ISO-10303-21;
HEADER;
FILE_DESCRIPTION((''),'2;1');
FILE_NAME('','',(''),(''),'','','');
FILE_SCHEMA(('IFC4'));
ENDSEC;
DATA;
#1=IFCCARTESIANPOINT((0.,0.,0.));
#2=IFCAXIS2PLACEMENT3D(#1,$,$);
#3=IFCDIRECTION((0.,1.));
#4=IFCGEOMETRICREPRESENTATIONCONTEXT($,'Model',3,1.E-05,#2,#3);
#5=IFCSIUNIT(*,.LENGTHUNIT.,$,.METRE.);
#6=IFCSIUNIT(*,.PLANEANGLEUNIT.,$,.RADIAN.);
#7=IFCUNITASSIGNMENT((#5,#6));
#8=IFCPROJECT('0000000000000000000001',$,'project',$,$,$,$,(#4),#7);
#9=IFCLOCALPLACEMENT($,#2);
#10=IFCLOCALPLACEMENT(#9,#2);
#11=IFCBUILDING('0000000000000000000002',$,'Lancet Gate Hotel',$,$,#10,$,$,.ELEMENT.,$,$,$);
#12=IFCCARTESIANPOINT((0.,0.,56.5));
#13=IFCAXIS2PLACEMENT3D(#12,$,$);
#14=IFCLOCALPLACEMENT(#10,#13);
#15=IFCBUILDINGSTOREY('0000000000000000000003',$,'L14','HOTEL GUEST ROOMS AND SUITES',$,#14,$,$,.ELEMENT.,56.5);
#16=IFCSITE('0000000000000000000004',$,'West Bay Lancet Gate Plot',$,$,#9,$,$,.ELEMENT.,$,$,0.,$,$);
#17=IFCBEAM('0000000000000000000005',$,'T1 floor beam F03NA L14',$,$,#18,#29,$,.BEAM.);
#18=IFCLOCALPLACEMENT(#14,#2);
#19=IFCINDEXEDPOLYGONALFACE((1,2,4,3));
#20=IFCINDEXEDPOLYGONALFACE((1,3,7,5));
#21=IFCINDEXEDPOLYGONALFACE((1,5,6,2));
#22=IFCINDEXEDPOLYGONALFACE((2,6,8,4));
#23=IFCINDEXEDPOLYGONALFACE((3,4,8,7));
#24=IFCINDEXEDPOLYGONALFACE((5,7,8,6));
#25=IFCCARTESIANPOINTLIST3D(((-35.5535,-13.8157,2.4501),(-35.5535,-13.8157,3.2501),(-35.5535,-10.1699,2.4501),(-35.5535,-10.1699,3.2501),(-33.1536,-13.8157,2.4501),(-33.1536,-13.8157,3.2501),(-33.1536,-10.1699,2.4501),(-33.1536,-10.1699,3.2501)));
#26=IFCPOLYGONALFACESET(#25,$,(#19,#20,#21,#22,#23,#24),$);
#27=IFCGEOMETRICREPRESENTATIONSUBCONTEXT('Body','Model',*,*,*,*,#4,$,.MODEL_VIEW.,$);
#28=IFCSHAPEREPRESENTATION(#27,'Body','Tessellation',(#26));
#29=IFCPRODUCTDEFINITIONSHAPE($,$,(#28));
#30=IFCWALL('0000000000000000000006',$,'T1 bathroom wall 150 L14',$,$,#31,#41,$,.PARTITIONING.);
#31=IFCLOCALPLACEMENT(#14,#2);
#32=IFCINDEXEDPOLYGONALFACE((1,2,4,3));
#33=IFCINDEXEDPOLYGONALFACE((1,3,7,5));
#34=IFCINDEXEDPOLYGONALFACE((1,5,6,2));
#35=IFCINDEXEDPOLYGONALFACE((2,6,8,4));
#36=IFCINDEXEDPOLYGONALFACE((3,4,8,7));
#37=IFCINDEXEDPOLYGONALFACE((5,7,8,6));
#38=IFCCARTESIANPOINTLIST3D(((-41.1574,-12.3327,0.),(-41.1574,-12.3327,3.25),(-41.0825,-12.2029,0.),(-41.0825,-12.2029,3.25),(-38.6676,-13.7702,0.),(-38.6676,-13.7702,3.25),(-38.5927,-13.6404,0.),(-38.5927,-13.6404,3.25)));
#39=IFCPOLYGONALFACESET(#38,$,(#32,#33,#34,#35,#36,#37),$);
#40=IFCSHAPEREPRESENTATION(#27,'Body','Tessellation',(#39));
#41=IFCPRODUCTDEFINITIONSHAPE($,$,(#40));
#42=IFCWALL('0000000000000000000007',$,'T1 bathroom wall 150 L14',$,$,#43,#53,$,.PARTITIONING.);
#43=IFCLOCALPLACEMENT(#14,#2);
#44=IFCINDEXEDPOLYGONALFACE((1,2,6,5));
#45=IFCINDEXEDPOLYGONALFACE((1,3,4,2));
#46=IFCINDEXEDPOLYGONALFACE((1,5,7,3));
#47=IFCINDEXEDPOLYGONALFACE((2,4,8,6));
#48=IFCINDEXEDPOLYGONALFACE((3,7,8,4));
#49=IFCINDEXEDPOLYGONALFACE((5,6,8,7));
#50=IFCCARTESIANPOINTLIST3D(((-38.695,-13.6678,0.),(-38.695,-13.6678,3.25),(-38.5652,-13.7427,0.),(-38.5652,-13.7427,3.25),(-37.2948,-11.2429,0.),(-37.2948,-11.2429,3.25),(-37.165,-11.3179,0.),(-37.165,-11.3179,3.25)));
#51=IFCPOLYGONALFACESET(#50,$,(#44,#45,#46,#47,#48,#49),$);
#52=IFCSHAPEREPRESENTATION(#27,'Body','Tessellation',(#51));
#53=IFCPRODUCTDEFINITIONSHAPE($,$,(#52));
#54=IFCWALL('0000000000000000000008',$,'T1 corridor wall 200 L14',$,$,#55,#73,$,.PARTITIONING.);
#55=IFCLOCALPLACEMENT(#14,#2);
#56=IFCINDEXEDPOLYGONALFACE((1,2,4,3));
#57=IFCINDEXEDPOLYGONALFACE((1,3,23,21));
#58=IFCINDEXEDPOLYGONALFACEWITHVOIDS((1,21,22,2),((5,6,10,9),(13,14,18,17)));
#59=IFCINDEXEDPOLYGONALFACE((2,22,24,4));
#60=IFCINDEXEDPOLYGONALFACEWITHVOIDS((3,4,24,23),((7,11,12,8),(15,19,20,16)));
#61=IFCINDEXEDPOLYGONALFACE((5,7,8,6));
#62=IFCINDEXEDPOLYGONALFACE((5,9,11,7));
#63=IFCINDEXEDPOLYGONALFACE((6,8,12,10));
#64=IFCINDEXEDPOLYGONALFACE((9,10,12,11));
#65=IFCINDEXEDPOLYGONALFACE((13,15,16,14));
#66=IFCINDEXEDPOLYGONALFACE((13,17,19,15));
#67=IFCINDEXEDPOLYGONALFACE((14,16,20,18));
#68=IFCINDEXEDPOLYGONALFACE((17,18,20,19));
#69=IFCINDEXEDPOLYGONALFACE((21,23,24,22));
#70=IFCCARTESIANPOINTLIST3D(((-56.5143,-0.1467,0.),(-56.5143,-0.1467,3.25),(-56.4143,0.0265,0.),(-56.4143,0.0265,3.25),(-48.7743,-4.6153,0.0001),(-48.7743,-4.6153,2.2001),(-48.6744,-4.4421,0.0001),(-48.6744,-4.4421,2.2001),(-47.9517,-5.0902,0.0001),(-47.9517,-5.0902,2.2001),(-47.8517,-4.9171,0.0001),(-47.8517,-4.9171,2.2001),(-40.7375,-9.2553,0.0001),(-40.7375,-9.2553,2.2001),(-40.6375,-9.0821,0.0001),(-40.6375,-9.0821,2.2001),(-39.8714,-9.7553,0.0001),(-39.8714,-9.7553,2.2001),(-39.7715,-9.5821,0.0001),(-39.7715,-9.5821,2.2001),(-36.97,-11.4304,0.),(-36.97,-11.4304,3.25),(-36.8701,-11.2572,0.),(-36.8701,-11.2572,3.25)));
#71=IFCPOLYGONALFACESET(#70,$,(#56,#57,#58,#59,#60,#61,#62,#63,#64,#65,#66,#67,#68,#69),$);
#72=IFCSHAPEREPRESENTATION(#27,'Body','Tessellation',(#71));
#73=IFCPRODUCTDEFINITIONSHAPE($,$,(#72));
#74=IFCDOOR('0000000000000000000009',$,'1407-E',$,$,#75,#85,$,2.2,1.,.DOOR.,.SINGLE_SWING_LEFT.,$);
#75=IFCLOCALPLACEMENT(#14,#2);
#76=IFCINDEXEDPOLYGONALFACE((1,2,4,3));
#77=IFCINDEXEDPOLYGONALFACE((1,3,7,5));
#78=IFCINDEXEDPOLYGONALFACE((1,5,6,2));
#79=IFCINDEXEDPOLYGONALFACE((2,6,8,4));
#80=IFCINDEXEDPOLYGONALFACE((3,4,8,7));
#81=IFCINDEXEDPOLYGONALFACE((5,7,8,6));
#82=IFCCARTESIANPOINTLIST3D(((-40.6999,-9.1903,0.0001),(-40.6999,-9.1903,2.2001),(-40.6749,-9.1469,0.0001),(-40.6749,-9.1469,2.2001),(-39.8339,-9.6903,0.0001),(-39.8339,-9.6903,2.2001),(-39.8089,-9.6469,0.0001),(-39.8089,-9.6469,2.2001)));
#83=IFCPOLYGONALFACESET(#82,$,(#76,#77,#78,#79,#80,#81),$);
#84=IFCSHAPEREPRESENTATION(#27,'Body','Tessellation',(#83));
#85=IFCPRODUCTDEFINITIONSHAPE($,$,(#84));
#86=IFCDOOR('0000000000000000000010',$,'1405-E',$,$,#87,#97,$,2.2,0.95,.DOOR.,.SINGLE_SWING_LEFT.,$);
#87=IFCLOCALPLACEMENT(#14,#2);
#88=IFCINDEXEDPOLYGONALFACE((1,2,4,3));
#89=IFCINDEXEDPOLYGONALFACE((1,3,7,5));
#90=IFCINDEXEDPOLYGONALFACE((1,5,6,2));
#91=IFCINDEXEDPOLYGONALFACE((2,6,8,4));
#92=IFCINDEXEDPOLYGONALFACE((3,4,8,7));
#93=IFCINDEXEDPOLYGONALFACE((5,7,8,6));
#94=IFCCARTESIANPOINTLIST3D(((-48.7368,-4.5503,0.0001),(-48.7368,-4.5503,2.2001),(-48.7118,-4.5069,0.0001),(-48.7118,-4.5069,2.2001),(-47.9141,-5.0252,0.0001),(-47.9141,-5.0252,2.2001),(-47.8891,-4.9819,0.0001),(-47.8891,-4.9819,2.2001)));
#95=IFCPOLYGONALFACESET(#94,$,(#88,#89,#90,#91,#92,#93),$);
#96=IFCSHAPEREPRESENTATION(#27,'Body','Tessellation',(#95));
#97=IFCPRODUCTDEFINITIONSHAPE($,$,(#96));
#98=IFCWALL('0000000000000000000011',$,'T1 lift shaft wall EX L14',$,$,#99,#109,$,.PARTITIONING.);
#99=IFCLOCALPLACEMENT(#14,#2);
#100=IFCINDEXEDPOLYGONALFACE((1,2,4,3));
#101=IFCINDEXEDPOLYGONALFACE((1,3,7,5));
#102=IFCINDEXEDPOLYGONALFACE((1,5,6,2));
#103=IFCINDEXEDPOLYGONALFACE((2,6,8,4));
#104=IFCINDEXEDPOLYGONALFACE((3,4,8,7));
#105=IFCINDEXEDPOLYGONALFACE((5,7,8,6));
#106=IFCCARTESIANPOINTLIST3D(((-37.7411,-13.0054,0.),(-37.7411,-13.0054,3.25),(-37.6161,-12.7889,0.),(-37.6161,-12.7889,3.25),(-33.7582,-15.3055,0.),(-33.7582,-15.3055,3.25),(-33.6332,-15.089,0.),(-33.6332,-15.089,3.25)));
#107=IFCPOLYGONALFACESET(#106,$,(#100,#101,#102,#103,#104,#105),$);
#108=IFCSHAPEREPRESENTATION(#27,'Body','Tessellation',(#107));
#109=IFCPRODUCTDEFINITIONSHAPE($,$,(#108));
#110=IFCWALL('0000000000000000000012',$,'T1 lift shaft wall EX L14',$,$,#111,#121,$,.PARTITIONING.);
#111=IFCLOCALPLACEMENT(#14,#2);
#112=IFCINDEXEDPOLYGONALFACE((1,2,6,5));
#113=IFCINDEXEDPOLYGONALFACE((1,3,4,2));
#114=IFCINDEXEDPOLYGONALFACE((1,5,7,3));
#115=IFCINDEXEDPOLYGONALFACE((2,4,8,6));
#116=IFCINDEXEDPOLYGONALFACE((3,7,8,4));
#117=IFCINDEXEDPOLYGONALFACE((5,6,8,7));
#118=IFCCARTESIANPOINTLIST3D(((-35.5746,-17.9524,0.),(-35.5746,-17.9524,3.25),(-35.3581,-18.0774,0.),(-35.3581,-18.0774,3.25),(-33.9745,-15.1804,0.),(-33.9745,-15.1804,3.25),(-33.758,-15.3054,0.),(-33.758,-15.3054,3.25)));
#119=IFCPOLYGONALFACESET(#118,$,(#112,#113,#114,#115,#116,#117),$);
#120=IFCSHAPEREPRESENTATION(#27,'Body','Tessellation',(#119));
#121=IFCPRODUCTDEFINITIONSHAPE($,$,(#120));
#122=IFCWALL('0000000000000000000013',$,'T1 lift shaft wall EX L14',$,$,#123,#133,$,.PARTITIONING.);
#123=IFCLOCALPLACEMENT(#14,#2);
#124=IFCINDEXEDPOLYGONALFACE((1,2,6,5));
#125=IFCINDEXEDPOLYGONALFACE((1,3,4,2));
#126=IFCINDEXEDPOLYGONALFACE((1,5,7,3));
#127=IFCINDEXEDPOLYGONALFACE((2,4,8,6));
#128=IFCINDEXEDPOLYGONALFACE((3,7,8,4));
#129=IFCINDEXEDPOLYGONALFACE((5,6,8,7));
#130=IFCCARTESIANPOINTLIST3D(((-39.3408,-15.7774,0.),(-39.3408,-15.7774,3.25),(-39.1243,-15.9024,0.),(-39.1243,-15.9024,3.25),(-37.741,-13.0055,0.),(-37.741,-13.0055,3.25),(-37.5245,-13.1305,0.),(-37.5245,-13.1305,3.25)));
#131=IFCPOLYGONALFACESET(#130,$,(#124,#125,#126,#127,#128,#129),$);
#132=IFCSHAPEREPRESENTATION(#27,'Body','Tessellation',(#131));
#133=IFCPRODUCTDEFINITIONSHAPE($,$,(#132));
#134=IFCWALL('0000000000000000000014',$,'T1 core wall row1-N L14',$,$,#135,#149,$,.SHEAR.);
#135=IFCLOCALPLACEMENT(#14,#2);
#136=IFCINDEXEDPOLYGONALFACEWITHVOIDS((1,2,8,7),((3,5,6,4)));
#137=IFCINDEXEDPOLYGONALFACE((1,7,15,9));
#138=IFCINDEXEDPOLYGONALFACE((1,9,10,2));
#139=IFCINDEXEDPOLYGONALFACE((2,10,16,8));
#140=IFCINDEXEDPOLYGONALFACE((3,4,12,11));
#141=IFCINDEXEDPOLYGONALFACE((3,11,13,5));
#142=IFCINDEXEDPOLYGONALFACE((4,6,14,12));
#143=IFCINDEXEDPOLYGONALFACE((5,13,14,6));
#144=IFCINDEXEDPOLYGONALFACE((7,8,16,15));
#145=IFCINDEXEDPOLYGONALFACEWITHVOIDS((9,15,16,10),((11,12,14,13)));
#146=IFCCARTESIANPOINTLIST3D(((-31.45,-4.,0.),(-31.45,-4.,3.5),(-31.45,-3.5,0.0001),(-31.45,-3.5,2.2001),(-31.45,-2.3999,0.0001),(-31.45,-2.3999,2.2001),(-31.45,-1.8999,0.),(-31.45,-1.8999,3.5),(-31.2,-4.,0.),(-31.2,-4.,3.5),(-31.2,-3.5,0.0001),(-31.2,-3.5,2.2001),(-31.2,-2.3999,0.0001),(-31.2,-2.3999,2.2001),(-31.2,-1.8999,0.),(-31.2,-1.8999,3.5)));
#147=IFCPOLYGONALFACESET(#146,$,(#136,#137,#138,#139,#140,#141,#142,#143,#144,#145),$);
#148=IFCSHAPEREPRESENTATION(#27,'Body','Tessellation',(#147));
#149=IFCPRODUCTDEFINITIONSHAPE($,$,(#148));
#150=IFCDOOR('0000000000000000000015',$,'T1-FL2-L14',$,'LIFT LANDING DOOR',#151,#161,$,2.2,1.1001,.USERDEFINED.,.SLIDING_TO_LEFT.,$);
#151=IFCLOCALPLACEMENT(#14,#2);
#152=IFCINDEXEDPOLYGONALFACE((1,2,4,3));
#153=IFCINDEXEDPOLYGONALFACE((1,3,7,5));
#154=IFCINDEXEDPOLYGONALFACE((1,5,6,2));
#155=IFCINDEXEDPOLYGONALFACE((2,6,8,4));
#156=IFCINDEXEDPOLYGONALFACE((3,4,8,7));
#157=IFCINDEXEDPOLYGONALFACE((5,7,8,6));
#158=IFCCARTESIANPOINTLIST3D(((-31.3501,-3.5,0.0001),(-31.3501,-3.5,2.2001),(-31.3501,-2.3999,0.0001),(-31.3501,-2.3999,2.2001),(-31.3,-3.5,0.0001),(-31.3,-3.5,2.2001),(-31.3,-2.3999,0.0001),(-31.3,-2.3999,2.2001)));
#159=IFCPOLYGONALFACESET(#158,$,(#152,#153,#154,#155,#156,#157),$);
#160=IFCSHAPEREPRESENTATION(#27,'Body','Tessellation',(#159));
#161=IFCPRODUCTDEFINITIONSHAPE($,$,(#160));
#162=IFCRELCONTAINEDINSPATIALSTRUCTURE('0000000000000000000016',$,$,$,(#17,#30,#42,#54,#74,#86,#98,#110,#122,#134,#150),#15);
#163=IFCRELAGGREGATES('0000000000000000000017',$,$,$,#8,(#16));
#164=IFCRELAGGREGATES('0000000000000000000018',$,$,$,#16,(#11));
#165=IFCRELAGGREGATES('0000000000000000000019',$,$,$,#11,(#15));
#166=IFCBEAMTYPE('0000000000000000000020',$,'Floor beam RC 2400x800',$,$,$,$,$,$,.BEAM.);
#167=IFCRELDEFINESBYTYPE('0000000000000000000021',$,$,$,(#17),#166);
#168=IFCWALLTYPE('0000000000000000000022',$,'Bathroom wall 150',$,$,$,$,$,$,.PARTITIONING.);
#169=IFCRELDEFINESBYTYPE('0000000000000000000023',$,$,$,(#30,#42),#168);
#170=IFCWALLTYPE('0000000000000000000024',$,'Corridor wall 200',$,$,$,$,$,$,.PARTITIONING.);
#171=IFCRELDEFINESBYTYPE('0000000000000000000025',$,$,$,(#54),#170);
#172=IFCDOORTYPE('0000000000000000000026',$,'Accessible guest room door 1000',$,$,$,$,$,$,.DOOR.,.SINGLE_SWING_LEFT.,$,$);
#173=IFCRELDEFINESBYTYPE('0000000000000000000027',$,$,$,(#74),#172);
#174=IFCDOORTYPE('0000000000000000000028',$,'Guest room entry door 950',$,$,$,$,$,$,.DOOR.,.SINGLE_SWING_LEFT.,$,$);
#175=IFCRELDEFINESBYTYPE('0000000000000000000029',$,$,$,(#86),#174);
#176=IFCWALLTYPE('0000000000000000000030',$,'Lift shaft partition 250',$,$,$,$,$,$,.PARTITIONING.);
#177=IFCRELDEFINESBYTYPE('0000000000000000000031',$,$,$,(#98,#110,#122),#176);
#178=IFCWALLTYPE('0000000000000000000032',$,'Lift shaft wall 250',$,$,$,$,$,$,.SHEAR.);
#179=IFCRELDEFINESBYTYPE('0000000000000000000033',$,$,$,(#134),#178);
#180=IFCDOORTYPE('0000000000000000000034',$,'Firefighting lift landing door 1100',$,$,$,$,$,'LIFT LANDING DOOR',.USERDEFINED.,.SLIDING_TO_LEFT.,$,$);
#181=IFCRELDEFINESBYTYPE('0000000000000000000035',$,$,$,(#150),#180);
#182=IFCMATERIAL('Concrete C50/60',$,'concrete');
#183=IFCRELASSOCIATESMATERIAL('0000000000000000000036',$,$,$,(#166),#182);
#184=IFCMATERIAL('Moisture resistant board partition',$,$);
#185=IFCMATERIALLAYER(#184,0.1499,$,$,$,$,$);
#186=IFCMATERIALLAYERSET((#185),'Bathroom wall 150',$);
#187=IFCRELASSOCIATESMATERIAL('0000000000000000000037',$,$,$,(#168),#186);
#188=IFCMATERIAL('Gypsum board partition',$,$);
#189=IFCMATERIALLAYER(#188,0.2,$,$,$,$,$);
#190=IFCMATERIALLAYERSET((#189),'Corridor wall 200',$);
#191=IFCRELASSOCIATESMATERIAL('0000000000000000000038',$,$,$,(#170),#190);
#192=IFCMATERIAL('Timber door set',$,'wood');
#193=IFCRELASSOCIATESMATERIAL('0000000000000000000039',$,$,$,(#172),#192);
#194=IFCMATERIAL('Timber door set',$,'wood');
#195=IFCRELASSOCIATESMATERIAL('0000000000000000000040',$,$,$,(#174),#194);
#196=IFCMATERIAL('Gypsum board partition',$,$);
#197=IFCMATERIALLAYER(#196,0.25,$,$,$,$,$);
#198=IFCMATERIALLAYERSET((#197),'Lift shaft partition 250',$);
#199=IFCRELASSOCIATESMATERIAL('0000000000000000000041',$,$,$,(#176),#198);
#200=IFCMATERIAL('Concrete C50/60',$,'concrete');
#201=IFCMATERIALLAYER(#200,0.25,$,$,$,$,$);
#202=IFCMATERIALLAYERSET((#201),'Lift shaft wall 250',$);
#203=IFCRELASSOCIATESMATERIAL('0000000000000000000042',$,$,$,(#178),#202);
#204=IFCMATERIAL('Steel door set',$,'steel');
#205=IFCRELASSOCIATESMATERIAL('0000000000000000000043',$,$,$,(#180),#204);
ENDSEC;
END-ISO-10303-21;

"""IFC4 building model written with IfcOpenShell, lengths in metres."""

from ifc_helpers import new_model, si_unit, direction, frame, frame_2d, origin, origin_2d, place, context, subcontext, project, spatial, rectangle, extrude, material, layer, layer_set, material_profile, profile_set, type_object, element, fill, save


model = new_model("IFC4")

# Units and contexts
model_context = context("Model", 3, precision=1e-05, world=origin(), true_north=direction((0.0, 1.0)))
body_context = subcontext(model_context, "Body", "Model", "MODEL_VIEW")
ifc_project = project(units=[si_unit("LENGTHUNIT", "METRE"), si_unit("PLANEANGLEUNIT", "RADIAN")], contexts=[model_context])

# Site, building, storey
site_placement = place(None, origin())
site = spatial("IfcSite", under=ifc_project, at=site_placement, Name="West Bay Lancet Gate Plot", CompositionType="ELEMENT", RefElevation=0.0)
building_placement = place(site_placement, origin())
building = spatial("IfcBuilding", under=site, at=building_placement, Name="Lancet Gate Hotel", CompositionType="ELEMENT")
storey_placement = place(building_placement, frame((0.0, 0.0, 56.5)))
storey = spatial("IfcBuildingStorey", under=building, at=storey_placement, Name="L14", Description="HOTEL GUEST ROOMS AND SUITES", CompositionType="ELEMENT", Elevation=56.5)

# Beam
ifc_material_1 = material(Name="Concrete C50/60", Category="concrete")
ifc_material_profile = material_profile(ifc_material_1, rectangle(XDim=2.3999, YDim=0.8, at=origin_2d()), Name="RC 2400x800")
ifc_profile_set = profile_set([ifc_material_profile], Name="Concrete C50/60")
beam_type = type_object("IfcBeamType", Name="Floor beam RC 2400x800", PredefinedType="BEAM", material=ifc_profile_set)
beam_placement = place(storey_placement, frame((-34.3535, -10.1699, 2.8501), z_axis=(0.0, -1.0, 0.0), x_axis=(1.0, 0.0, 0.0)))
element("IfcBeam", 1, at=beam_placement, inside=storey, type_object=beam_type, Name="T1 floor beam F03NA L14", PredefinedType="BEAM", context=body_context, shape_type="SweptSolid", body=[
    extrude(rectangle(XDim=2.3999, YDim=0.8, at=origin_2d()), origin(), (0.0, 0.0, 1.0), 3.6458),
])

# Walls
ifc_material_2 = material(Name="Moisture resistant board partition")
ifc_layer_1 = layer(ifc_material_2, 0.1499)
ifc_layer_set_1 = layer_set([ifc_layer_1], Name="Bathroom wall 150")
wall_type_1 = type_object("IfcWallType", Name="Bathroom wall 150", PredefinedType="PARTITIONING", material=ifc_layer_set_1)
wall_1_placement = place(storey_placement, frame((-38.6301, -13.7053, 0.0), z_axis=(0.0, 0.0, 1.0), x_axis=(-0.866019, 0.500012, 0.0)))
element("IfcWall", 2, at=wall_1_placement, inside=storey, type_object=wall_type_1, Name="T1 bathroom wall 150 L14", PredefinedType="PARTITIONING", context=body_context, shape_type="SweptSolid", body=[
    extrude(rectangle(XDim=2.875, YDim=0.1499, at=frame_2d((1.4375, 0.0))), origin(), (0.0, 0.0, 1.0), 3.25),
])
wall_2_placement = place(storey_placement, frame((-37.23, -11.2805, 0.0), z_axis=(0.0, 0.0, 1.0), x_axis=(-0.50005, -0.865997, 0.0)))
element("IfcWall", 3, at=wall_2_placement, inside=storey, type_object=wall_type_1, Name="T1 bathroom wall 150 L14", PredefinedType="PARTITIONING", context=body_context, shape_type="SweptSolid", body=[
    extrude(rectangle(XDim=2.8, YDim=0.1499, at=frame_2d((1.3999, 0.0))), origin(), (0.0, 0.0, 1.0), 3.25),
])

# Wall, openings, doors
ifc_material_3 = material(Name="Gypsum board partition")
ifc_layer_2 = layer(ifc_material_3, 0.2)
ifc_layer_set_2 = layer_set([ifc_layer_2], Name="Corridor wall 200")
wall_type_2 = type_object("IfcWallType", Name="Corridor wall 200", PredefinedType="PARTITIONING", material=ifc_layer_set_2)
wall_3_placement = place(storey_placement, frame((-36.9202, -11.3438, 0.0), z_axis=(0.0, 0.0, 1.0), x_axis=(-0.866028, 0.499995, 0.0)))
wall_3 = element("IfcWall", 4, at=wall_3_placement, inside=storey, type_object=wall_type_2, Name="T1 corridor wall 200 L14", PredefinedType="PARTITIONING", context=body_context, shape_type="SweptSolid", body=[
    extrude(rectangle(XDim=22.5676, YDim=0.2, at=frame_2d((11.2837, 0.0))), origin(), (0.0, 0.0, 1.0), 3.25),
])
opening_1_placement = place(wall_3_placement, frame((12.6802, 0.0, 0.0)))
opening_1 = element("IfcOpeningElement", 5, at=opening_1_placement, cuts=wall_3, PredefinedType="OPENING", context=body_context, shape_type="SweptSolid", body=[
    extrude(rectangle(XDim=0.95, YDim=2.2, at=frame_2d((0.4751, 1.1001))), frame((0.0, 0.1099, 0.0), z_axis=(0.0, -1.0, 0.0), x_axis=(1.0, 0.0, 0.0)), (0.0, 0.0, 1.0), 0.22),
])
opening_2_placement = place(wall_3_placement, frame((3.3501, 0.0, 0.0)))
opening_2 = element("IfcOpeningElement", 6, at=opening_2_placement, cuts=wall_3, PredefinedType="OPENING", context=body_context, shape_type="SweptSolid", body=[
    extrude(rectangle(XDim=1.0, YDim=2.2, at=frame_2d((0.5, 1.1001))), frame((0.0, 0.1099, 0.0), z_axis=(0.0, -1.0, 0.0), x_axis=(1.0, 0.0, 0.0)), (0.0, 0.0, 1.0), 0.22),
])
ifc_material_4 = material(Name="Timber door set", Category="wood")
door_type_1 = type_object("IfcDoorType", Name="Accessible guest room door 1000", OperationType="SINGLE_SWING_LEFT", PredefinedType="DOOR", material=ifc_material_4)
door_1_placement = place(opening_2_placement, origin())
door_1 = element("IfcDoor", 7, at=door_1_placement, inside=storey, type_object=door_type_1, Name="1407-E", OperationType="SINGLE_SWING_LEFT", OverallHeight=2.2, OverallWidth=1.0, PredefinedType="DOOR", context=body_context, shape_type="SweptSolid", body=[
    extrude(rectangle(XDim=1.0, YDim=2.2, at=frame_2d((0.5, 1.1001))), frame((0.0, 0.0249, 0.0), z_axis=(0.0, -1.0, 0.0), x_axis=(1.0, 0.0, 0.0)), (0.0, 0.0, 1.0), 0.05),
])
fill(opening_2, door_1)
ifc_material_5 = material(Name="Timber door set", Category="wood")
door_type_2 = type_object("IfcDoorType", Name="Guest room entry door 950", OperationType="SINGLE_SWING_LEFT", PredefinedType="DOOR", material=ifc_material_5)
door_2_placement = place(opening_1_placement, origin())
door_2 = element("IfcDoor", 8, at=door_2_placement, inside=storey, type_object=door_type_2, Name="1405-E", OperationType="SINGLE_SWING_LEFT", OverallHeight=2.2, OverallWidth=0.95, PredefinedType="DOOR", context=body_context, shape_type="SweptSolid", body=[
    extrude(rectangle(XDim=0.95, YDim=2.2, at=frame_2d((0.4751, 1.1001))), frame((0.0, 0.0249, 0.0), z_axis=(0.0, -1.0, 0.0), x_axis=(1.0, 0.0, 0.0)), (0.0, 0.0, 1.0), 0.05),
])
fill(opening_1, door_2)

# Walls
ifc_material_6 = material(Name="Gypsum board partition")
ifc_layer_3 = layer(ifc_material_6, 0.25)
ifc_layer_set_3 = layer_set([ifc_layer_3], Name="Lift shaft partition 250")
wall_type_3 = type_object("IfcWallType", Name="Lift shaft partition 250", PredefinedType="PARTITIONING", material=ifc_layer_set_3)
wall_4_placement = place(storey_placement, frame((-33.6956, -15.1973, 0.0), z_axis=(0.0, 0.0, 1.0), x_axis=(-0.865977, 0.500084, 0.0)))
element("IfcWall", 9, at=wall_4_placement, inside=storey, type_object=wall_type_3, Name="T1 lift shaft wall EX L14", PredefinedType="PARTITIONING", context=body_context, shape_type="SweptSolid", body=[
    extrude(rectangle(XDim=4.5994, YDim=0.25, at=frame_2d((2.2998, 0.0))), origin(), (0.0, 0.0, 1.0), 3.25),
])
wall_5_placement = place(storey_placement, frame((-33.8662, -15.2429, 0.0), z_axis=(0.0, 0.0, 1.0), x_axis=(-0.499929, -0.866066, 0.0)))
element("IfcWall", 10, at=wall_5_placement, inside=storey, type_object=wall_type_3, Name="T1 lift shaft wall EX L14", PredefinedType="PARTITIONING", context=body_context, shape_type="SweptSolid", body=[
    extrude(rectangle(XDim=3.2007, YDim=0.25, at=frame_2d((1.6003, 0.0))), origin(), (0.0, 0.0, 1.0), 3.25),
])
wall_6_placement = place(storey_placement, frame((-37.6328, -13.0681, 0.0), z_axis=(0.0, 0.0, 1.0), x_axis=(-0.499872, -0.866099, 0.0)))
element("IfcWall", 11, at=wall_6_placement, inside=storey, type_object=wall_type_3, Name="T1 lift shaft wall EX L14", PredefinedType="PARTITIONING", context=body_context, shape_type="SweptSolid", body=[
    extrude(rectangle(XDim=3.2004, YDim=0.25, at=frame_2d((1.6001, 0.0))), origin(), (0.0, 0.0, 1.0), 3.25),
])

# Wall, opening, door
ifc_material_7 = material(Name="Concrete C50/60", Category="concrete")
ifc_layer_4 = layer(ifc_material_7, 0.25)
ifc_layer_set_4 = layer_set([ifc_layer_4], Name="Lift shaft wall 250")
wall_type_4 = type_object("IfcWallType", Name="Lift shaft wall 250", PredefinedType="SHEAR", material=ifc_layer_set_4)
wall_7_placement = place(storey_placement, frame((-31.325, -1.8999, 0.0), z_axis=(0.0, 0.0, 1.0), x_axis=(0.0, -1.0, 0.0)))
wall_7 = element("IfcWall", 12, at=wall_7_placement, inside=storey, type_object=wall_type_4, Name="T1 core wall row1-N L14", PredefinedType="SHEAR", context=body_context, shape_type="SweptSolid", body=[
    extrude(rectangle(XDim=2.1001, YDim=0.25, at=frame_2d((1.05, 0.0))), origin(), (0.0, 0.0, 1.0), 3.5),
])
opening_3_placement = place(wall_7_placement, frame((0.5, 0.0, 0.0)))
opening_3 = element("IfcOpeningElement", 13, at=opening_3_placement, cuts=wall_7, PredefinedType="OPENING", context=body_context, shape_type="SweptSolid", body=[
    extrude(rectangle(XDim=1.1001, YDim=2.2, at=frame_2d((0.55, 1.1001))), frame((0.0, 0.135, 0.0), z_axis=(0.0, -1.0, 0.0), x_axis=(1.0, 0.0, 0.0)), (0.0, 0.0, 1.0), 0.27),
])
ifc_material_8 = material(Name="Steel door set", Category="steel")
door_type_3 = type_object("IfcDoorType", Name="Firefighting lift landing door 1100", ElementType="LIFT LANDING DOOR", OperationType="SLIDING_TO_LEFT", PredefinedType="USERDEFINED", material=ifc_material_8)
door_3_placement = place(opening_3_placement, origin())
door_3 = element("IfcDoor", 14, at=door_3_placement, inside=storey, type_object=door_type_3, Name="T1-FL2-L14", ObjectType="LIFT LANDING DOOR", OperationType="SLIDING_TO_LEFT", OverallHeight=2.2, OverallWidth=1.1001, PredefinedType="USERDEFINED", context=body_context, shape_type="SweptSolid", body=[
    extrude(rectangle(XDim=1.1001, YDim=2.2, at=frame_2d((0.55, 1.1001))), frame((0.0, 0.0249, 0.0), z_axis=(0.0, -1.0, 0.0), x_axis=(1.0, 0.0, 0.0)), (0.0, 0.0, 1.0), 0.05),
])
fill(opening_3, door_3)

save(model, "model.ifc")
